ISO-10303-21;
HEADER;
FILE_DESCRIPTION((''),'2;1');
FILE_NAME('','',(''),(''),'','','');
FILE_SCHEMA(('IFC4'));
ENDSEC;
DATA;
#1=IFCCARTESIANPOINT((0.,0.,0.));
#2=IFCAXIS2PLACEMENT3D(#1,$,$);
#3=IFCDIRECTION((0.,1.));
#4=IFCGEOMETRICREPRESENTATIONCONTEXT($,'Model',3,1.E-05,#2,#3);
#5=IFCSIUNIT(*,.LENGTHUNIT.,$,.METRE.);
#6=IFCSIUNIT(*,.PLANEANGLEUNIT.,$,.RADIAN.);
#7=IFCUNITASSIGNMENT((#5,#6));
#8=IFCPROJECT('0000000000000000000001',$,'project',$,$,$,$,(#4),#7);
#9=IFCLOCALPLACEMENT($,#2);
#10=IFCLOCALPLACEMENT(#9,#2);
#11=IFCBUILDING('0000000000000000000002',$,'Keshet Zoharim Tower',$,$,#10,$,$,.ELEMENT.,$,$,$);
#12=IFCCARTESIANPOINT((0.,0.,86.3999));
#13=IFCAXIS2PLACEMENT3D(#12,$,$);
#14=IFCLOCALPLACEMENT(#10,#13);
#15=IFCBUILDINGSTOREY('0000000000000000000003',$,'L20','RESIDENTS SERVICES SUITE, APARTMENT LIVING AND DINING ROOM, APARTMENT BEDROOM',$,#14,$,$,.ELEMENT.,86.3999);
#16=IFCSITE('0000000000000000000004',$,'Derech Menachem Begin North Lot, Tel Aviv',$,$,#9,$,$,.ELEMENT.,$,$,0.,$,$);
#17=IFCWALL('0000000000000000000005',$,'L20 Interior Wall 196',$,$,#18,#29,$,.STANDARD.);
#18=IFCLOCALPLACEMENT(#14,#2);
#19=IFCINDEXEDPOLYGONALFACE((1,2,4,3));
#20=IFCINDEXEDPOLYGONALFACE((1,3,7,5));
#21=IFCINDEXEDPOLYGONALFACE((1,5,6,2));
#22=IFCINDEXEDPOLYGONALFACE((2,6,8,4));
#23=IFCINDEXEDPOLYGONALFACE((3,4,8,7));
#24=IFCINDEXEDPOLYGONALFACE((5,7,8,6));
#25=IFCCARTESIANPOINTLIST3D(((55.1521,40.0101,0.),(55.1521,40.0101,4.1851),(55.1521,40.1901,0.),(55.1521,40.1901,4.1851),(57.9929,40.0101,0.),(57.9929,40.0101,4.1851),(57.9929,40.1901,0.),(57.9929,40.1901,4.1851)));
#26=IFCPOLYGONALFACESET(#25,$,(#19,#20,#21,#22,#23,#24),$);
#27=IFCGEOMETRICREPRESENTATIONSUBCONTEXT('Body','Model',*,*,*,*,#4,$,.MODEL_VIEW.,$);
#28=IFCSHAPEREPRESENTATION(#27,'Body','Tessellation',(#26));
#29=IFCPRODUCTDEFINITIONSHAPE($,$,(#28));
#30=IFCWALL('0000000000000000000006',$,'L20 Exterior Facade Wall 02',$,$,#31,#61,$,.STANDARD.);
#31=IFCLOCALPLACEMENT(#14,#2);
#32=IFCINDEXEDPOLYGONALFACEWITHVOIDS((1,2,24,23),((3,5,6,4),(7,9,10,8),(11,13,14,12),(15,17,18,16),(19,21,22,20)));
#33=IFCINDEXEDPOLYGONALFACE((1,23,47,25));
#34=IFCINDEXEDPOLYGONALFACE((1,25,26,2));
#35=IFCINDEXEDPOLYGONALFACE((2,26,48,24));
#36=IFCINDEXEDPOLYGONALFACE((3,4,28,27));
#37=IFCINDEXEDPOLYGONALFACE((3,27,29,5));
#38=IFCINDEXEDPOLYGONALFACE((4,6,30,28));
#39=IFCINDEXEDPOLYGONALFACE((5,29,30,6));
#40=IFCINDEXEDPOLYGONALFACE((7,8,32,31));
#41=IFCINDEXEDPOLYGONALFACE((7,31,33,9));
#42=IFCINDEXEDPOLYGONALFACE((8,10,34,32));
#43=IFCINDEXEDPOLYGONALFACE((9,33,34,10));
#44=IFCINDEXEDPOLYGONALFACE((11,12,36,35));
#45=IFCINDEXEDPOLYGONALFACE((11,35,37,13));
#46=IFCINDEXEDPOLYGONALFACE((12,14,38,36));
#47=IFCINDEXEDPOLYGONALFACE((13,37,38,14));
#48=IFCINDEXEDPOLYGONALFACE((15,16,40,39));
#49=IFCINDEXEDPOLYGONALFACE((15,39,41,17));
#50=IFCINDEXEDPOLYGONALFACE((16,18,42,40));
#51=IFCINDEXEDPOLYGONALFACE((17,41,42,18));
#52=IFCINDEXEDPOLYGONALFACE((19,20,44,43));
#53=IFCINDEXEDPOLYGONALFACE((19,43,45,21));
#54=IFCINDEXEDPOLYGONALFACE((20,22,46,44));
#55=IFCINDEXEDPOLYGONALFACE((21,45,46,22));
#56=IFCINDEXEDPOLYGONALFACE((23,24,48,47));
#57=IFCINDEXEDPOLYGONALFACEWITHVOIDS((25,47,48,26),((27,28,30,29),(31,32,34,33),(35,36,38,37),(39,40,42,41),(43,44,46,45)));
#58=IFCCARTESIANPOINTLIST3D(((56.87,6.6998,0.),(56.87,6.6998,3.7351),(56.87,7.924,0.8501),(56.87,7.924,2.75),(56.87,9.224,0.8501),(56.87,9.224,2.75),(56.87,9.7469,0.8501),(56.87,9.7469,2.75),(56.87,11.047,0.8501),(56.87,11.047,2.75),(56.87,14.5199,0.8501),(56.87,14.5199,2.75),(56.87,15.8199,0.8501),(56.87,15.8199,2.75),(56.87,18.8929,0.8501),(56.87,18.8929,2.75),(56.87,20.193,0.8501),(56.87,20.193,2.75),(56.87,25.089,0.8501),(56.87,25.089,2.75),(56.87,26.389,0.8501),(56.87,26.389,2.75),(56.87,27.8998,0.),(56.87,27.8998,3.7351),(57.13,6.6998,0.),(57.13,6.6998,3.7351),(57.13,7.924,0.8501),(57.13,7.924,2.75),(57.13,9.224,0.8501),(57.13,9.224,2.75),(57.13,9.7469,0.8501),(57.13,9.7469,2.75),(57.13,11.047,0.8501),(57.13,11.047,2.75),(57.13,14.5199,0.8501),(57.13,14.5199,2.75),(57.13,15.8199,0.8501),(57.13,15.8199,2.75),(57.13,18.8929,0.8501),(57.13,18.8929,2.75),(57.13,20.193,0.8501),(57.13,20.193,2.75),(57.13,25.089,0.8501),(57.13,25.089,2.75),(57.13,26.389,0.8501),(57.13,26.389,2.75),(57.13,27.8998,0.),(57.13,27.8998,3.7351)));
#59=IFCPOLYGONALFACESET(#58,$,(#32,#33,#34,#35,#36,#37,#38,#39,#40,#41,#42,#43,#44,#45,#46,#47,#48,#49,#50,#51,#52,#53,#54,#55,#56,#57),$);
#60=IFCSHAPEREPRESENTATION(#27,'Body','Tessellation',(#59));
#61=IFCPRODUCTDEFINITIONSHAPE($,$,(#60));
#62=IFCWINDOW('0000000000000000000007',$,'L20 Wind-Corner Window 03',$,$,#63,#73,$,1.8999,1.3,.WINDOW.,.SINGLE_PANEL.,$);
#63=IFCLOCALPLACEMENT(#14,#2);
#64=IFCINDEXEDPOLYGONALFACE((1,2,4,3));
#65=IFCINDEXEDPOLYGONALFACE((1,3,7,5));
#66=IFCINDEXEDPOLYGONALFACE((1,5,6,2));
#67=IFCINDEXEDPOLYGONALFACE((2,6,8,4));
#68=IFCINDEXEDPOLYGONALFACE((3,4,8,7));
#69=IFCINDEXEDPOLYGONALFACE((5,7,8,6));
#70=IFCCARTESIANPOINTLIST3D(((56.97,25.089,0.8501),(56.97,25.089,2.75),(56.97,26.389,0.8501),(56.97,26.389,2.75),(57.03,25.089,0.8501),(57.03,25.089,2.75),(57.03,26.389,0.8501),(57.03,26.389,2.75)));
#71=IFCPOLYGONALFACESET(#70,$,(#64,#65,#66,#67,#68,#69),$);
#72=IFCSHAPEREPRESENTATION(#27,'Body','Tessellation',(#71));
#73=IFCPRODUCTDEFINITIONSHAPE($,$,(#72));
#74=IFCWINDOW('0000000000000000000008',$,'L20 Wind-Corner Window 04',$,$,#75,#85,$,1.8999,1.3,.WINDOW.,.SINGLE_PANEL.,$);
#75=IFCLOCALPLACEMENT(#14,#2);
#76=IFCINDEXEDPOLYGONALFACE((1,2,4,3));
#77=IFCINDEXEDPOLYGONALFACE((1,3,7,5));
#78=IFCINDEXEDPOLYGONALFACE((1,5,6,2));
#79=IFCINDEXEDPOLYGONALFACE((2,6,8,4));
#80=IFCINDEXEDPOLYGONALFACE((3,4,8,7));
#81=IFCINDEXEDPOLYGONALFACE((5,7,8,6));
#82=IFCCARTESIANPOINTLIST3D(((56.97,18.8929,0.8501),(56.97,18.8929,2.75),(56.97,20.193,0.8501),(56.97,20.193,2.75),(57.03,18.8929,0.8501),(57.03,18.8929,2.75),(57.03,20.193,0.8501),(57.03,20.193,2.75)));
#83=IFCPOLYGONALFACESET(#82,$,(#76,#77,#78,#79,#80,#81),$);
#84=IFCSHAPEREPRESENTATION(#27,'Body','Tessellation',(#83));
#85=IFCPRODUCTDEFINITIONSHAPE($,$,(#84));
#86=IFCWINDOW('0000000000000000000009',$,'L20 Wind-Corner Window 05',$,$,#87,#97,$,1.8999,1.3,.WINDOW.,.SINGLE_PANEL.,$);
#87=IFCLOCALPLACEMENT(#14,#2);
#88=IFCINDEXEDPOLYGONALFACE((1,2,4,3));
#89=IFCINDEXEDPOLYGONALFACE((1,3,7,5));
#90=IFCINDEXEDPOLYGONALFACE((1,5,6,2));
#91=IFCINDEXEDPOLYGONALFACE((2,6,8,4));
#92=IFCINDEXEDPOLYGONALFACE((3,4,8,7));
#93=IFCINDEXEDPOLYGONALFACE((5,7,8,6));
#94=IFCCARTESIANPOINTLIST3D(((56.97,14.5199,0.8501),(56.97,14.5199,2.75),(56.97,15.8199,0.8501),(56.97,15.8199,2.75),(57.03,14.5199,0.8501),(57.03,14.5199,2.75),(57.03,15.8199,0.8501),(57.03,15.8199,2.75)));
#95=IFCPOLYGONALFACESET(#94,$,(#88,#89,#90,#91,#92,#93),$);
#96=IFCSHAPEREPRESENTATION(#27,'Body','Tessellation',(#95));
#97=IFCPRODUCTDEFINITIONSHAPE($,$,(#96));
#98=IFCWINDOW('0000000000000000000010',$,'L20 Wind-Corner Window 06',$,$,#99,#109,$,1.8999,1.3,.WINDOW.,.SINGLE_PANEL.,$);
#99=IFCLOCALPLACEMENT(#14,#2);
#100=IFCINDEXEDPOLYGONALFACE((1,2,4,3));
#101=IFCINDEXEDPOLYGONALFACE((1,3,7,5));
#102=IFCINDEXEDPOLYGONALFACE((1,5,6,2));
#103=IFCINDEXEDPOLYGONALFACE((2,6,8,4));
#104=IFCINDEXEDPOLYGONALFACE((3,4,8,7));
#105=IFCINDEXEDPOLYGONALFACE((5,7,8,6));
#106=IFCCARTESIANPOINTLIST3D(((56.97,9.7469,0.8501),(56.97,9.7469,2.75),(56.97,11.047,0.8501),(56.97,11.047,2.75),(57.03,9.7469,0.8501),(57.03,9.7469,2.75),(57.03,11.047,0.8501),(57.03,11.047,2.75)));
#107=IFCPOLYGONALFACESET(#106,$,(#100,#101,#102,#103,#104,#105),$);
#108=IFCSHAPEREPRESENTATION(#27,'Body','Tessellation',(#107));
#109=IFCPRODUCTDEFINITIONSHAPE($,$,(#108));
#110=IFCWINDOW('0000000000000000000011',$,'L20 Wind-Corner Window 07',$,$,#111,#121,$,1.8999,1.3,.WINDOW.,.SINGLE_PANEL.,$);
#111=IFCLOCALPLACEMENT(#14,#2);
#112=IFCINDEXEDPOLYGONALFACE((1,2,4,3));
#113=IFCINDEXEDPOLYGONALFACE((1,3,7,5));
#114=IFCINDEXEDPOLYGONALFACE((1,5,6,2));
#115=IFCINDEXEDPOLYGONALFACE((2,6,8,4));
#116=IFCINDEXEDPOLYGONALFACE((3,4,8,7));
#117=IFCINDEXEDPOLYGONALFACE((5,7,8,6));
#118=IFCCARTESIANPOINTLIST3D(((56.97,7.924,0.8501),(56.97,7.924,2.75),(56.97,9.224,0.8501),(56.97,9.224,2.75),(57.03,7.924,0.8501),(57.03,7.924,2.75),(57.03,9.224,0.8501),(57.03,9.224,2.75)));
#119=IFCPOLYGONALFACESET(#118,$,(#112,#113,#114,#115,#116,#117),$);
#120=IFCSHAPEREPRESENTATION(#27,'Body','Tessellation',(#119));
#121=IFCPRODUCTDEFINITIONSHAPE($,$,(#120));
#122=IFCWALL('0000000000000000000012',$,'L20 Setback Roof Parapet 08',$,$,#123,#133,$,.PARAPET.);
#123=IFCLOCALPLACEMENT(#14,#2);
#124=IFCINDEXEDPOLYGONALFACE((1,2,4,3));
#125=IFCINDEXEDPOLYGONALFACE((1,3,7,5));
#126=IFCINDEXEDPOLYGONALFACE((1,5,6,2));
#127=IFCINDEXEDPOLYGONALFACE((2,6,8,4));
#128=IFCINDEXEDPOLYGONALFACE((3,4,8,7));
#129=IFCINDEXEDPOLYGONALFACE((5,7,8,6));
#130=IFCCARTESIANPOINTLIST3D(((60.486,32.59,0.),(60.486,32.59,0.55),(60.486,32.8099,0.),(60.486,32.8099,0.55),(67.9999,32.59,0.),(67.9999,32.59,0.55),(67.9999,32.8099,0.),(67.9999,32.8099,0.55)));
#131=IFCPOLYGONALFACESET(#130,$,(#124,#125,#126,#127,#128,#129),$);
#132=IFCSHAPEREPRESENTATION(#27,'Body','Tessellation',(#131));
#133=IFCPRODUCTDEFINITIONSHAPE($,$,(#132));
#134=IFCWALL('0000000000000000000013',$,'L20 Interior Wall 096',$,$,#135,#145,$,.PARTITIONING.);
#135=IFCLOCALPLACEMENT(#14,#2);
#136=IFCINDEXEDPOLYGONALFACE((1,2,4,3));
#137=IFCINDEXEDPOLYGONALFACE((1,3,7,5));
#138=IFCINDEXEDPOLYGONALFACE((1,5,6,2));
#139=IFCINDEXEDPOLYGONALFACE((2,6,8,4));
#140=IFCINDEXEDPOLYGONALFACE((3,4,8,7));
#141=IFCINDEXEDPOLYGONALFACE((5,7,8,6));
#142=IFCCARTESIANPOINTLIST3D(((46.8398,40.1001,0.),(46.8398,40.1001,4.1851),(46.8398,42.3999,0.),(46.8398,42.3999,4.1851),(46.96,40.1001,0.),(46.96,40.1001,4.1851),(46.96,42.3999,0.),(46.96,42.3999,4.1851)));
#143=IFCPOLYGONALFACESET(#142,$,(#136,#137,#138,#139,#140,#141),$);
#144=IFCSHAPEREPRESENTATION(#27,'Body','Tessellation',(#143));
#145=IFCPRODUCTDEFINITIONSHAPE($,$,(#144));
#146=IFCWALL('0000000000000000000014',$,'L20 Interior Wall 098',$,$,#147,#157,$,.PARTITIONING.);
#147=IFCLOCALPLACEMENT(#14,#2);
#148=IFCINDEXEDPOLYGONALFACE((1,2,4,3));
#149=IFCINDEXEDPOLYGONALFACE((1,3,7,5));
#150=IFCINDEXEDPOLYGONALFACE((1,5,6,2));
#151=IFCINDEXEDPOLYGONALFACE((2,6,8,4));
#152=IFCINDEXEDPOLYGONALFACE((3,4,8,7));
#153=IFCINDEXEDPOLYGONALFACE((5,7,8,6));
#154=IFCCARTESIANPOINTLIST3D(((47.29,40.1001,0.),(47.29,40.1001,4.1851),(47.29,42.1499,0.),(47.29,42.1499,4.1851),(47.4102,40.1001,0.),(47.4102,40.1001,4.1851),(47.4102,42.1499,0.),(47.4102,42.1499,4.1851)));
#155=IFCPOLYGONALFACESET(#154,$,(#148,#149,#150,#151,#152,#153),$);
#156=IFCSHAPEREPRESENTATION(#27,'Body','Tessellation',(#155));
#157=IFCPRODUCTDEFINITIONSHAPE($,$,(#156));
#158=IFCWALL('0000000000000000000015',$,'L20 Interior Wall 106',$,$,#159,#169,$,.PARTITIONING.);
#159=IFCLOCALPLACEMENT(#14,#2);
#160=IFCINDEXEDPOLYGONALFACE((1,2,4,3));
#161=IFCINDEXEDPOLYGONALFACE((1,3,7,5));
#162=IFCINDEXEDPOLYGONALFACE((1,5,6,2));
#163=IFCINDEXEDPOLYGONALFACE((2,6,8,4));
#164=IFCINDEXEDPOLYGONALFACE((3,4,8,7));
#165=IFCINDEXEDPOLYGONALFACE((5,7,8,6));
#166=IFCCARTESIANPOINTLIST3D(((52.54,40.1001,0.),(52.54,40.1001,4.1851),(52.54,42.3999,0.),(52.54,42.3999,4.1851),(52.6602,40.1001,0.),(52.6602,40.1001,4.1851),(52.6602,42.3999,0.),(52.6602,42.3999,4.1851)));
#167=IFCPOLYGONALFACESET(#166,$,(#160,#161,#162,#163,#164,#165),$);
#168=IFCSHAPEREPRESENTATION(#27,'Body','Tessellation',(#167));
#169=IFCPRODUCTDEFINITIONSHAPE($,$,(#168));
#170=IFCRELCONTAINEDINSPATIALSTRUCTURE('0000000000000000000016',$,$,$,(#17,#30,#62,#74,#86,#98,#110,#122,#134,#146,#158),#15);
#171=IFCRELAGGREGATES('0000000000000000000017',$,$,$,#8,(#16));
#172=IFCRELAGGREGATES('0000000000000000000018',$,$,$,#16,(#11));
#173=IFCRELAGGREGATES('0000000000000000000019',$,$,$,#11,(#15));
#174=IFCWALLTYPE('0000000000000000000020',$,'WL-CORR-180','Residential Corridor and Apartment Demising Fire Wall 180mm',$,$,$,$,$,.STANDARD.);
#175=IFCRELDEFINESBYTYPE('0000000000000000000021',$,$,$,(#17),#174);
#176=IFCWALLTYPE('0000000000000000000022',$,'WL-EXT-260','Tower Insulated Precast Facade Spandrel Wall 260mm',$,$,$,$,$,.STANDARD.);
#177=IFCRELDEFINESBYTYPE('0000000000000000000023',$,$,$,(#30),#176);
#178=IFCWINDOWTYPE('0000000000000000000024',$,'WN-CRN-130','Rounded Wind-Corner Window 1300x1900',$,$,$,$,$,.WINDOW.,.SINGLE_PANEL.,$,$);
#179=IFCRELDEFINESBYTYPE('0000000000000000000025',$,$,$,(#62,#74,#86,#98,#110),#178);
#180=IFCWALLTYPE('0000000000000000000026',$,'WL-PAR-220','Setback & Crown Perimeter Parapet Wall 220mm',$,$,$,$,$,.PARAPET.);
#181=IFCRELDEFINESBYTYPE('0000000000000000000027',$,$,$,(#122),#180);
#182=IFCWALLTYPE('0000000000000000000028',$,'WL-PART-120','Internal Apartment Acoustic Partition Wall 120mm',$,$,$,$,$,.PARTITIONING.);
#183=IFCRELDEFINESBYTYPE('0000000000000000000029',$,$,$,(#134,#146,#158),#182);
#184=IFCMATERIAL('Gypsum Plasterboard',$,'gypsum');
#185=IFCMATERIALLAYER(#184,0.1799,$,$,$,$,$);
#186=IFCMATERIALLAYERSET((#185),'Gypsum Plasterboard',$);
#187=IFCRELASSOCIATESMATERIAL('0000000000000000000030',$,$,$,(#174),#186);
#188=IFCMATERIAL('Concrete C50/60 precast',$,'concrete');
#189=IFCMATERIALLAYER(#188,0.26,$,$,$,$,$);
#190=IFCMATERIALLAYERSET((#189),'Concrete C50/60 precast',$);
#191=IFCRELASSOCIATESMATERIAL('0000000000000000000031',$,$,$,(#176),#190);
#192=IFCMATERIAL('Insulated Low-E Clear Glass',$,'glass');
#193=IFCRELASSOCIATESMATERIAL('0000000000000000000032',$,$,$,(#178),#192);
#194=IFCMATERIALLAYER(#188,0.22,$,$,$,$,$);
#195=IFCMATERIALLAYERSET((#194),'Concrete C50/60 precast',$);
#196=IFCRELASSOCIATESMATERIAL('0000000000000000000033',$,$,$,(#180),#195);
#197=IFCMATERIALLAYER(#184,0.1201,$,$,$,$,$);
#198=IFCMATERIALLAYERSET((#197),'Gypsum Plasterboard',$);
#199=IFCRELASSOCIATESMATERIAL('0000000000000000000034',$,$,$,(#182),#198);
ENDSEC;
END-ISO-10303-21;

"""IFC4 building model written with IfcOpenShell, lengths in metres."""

from ifc_helpers import new_model, si_unit, direction, frame, frame_2d, origin, place, context, subcontext, project, spatial, rectangle, extrude, material, layer, layer_set, type_object, element, fill, save


model = new_model("IFC4")

# Units and contexts
model_context = context("Model", 3, precision=1e-05, world=origin(), true_north=direction((0.0, 1.0)))
body_context = subcontext(model_context, "Body", "Model", "MODEL_VIEW")
ifc_project = project(units=[si_unit("LENGTHUNIT", "METRE"), si_unit("PLANEANGLEUNIT", "RADIAN")], contexts=[model_context])

# Site, building, storey
site_placement = place(None, origin())
site = spatial("IfcSite", under=ifc_project, at=site_placement, Name="Derech Menachem Begin North Lot, Tel Aviv", CompositionType="ELEMENT", RefElevation=0.0)
building_placement = place(site_placement, origin())
building = spatial("IfcBuilding", under=site, at=building_placement, Name="Keshet Zoharim Tower", CompositionType="ELEMENT")
storey_placement = place(building_placement, frame((0.0, 0.0, 86.3999)))
storey = spatial("IfcBuildingStorey", under=building, at=storey_placement, Name="L20", Description="RESIDENTS SERVICES SUITE, APARTMENT LIVING AND DINING ROOM, APARTMENT BEDROOM", CompositionType="ELEMENT", Elevation=86.3999)

# Shared definitions
ifc_material_1 = material(Name="Gypsum Plasterboard", Category="gypsum")
ifc_layer_1 = layer(ifc_material_1, 0.1799)
ifc_layer_set_1 = layer_set([ifc_layer_1], Name="Gypsum Plasterboard")
wall_type_1 = type_object("IfcWallType", Name="WL-CORR-180", Description="Residential Corridor and Apartment Demising Fire Wall 180mm", PredefinedType="STANDARD", material=ifc_layer_set_1)

# Wall
wall_1_placement = place(storey_placement, frame((55.1521, 40.1001, 0.0), z_axis=(0.0, 0.0, 1.0), x_axis=(1.0, 0.0, 0.0)))
element("IfcWall", 1, at=wall_1_placement, inside=storey, type_object=wall_type_1, Name="L20 Interior Wall 196", PredefinedType="STANDARD", context=body_context, shape_type="SweptSolid", body=[
    extrude(rectangle(XDim=2.8408, YDim=0.1799, at=frame_2d((1.4204, 0.0))), origin(), (0.0, 0.0, 1.0), 4.1851),
])

# Wall, openings, windows
ifc_material_2 = material(Name="Concrete C50/60 precast", Category="concrete")
ifc_layer_2 = layer(ifc_material_2, 0.26)
ifc_layer_set_2 = layer_set([ifc_layer_2], Name="Concrete C50/60 precast")
wall_type_2 = type_object("IfcWallType", Name="WL-EXT-260", Description="Tower Insulated Precast Facade Spandrel Wall 260mm", PredefinedType="STANDARD", material=ifc_layer_set_2)
wall_2_placement = place(storey_placement, frame((57.0, 27.8999, 0.0), z_axis=(0.0, 0.0, 1.0), x_axis=(0.0, -1.0, 0.0)))
wall_2 = element("IfcWall", 2, at=wall_2_placement, inside=storey, type_object=wall_type_2, Name="L20 Exterior Facade Wall 02", PredefinedType="STANDARD", context=body_context, shape_type="SweptSolid", body=[
    extrude(rectangle(XDim=21.2, YDim=0.26, at=frame_2d((10.6001, 0.0))), origin(), (0.0, 0.0, 1.0), 3.7351),
])
opening_1_placement = place(wall_2_placement, frame((1.511, 0.0, 0.8501)))
opening_1 = element("IfcOpeningElement", 3, at=opening_1_placement, cuts=wall_2, PredefinedType="OPENING", context=body_context, shape_type="SweptSolid", body=[
    extrude(rectangle(XDim=1.3, YDim=1.8999, at=frame_2d((0.6499, 0.95))), frame((0.0, 0.1401, 0.0), z_axis=(0.0, -1.0, 0.0), x_axis=(1.0, 0.0, 0.0)), (0.0, 0.0, 1.0), 0.28),
])
opening_2_placement = place(wall_2_placement, frame((7.707, 0.0, 0.8501)))
opening_2 = element("IfcOpeningElement", 4, at=opening_2_placement, cuts=wall_2, PredefinedType="OPENING", context=body_context, shape_type="SweptSolid", body=[
    extrude(rectangle(XDim=1.3, YDim=1.8999, at=frame_2d((0.6499, 0.95))), frame((0.0, 0.1401, 0.0), z_axis=(0.0, -1.0, 0.0), x_axis=(1.0, 0.0, 0.0)), (0.0, 0.0, 1.0), 0.28),
])
opening_3_placement = place(wall_2_placement, frame((12.0801, 0.0, 0.8501)))
opening_3 = element("IfcOpeningElement", 5, at=opening_3_placement, cuts=wall_2, PredefinedType="OPENING", context=body_context, shape_type="SweptSolid", body=[
    extrude(rectangle(XDim=1.3, YDim=1.8999, at=frame_2d((0.6499, 0.95))), frame((0.0, 0.1401, 0.0), z_axis=(0.0, -1.0, 0.0), x_axis=(1.0, 0.0, 0.0)), (0.0, 0.0, 1.0), 0.28),
])
opening_4_placement = place(wall_2_placement, frame((16.853, 0.0, 0.8501)))
opening_4 = element("IfcOpeningElement", 6, at=opening_4_placement, cuts=wall_2, PredefinedType="OPENING", context=body_context, shape_type="SweptSolid", body=[
    extrude(rectangle(XDim=1.3, YDim=1.8999, at=frame_2d((0.6499, 0.95))), frame((0.0, 0.1401, 0.0), z_axis=(0.0, -1.0, 0.0), x_axis=(1.0, 0.0, 0.0)), (0.0, 0.0, 1.0), 0.28),
])
opening_5_placement = place(wall_2_placement, frame((18.676, 0.0, 0.8501)))
opening_5 = element("IfcOpeningElement", 7, at=opening_5_placement, cuts=wall_2, PredefinedType="OPENING", context=body_context, shape_type="SweptSolid", body=[
    extrude(rectangle(XDim=1.3, YDim=1.8999, at=frame_2d((0.6499, 0.95))), frame((0.0, 0.1401, 0.0), z_axis=(0.0, -1.0, 0.0), x_axis=(1.0, 0.0, 0.0)), (0.0, 0.0, 1.0), 0.28),
])
ifc_material_3 = material(Name="Insulated Low-E Clear Glass", Category="glass")
window_type = type_object("IfcWindowType", Name="WN-CRN-130", Description="Rounded Wind-Corner Window 1300x1900", PartitioningType="SINGLE_PANEL", PredefinedType="WINDOW", material=ifc_material_3)
window_1_placement = place(opening_1_placement, origin())
window_1 = element("IfcWindow", 8, at=window_1_placement, inside=storey, type_object=window_type, Name="L20 Wind-Corner Window 03", OverallHeight=1.8999, OverallWidth=1.3, PartitioningType="SINGLE_PANEL", PredefinedType="WINDOW", context=body_context, shape_type="SweptSolid", body=[
    extrude(rectangle(XDim=1.3, YDim=1.8999, at=frame_2d((0.6499, 0.95))), frame((0.0, 0.03, 0.0), z_axis=(0.0, -1.0, 0.0), x_axis=(1.0, 0.0, 0.0)), (0.0, 0.0, 1.0), 0.0601),
])
fill(opening_1, window_1)
window_2_placement = place(opening_2_placement, origin())
window_2 = element("IfcWindow", 9, at=window_2_placement, inside=storey, type_object=window_type, Name="L20 Wind-Corner Window 04", OverallHeight=1.8999, OverallWidth=1.3, PartitioningType="SINGLE_PANEL", PredefinedType="WINDOW", context=body_context, shape_type="SweptSolid", body=[
    extrude(rectangle(XDim=1.3, YDim=1.8999, at=frame_2d((0.6499, 0.95))), frame((0.0, 0.03, 0.0), z_axis=(0.0, -1.0, 0.0), x_axis=(1.0, 0.0, 0.0)), (0.0, 0.0, 1.0), 0.0601),
])
fill(opening_2, window_2)
window_3_placement = place(opening_3_placement, origin())
window_3 = element("IfcWindow", 10, at=window_3_placement, inside=storey, type_object=window_type, Name="L20 Wind-Corner Window 05", OverallHeight=1.8999, OverallWidth=1.3, PartitioningType="SINGLE_PANEL", PredefinedType="WINDOW", context=body_context, shape_type="SweptSolid", body=[
    extrude(rectangle(XDim=1.3, YDim=1.8999, at=frame_2d((0.6499, 0.95))), frame((0.0, 0.03, 0.0), z_axis=(0.0, -1.0, 0.0), x_axis=(1.0, 0.0, 0.0)), (0.0, 0.0, 1.0), 0.0601),
])
fill(opening_3, window_3)
window_4_placement = place(opening_4_placement, origin())
window_4 = element("IfcWindow", 11, at=window_4_placement, inside=storey, type_object=window_type, Name="L20 Wind-Corner Window 06", OverallHeight=1.8999, OverallWidth=1.3, PartitioningType="SINGLE_PANEL", PredefinedType="WINDOW", context=body_context, shape_type="SweptSolid", body=[
    extrude(rectangle(XDim=1.3, YDim=1.8999, at=frame_2d((0.6499, 0.95))), frame((0.0, 0.03, 0.0), z_axis=(0.0, -1.0, 0.0), x_axis=(1.0, 0.0, 0.0)), (0.0, 0.0, 1.0), 0.0601),
])
fill(opening_4, window_4)
window_5_placement = place(opening_5_placement, origin())
window_5 = element("IfcWindow", 12, at=window_5_placement, inside=storey, type_object=window_type, Name="L20 Wind-Corner Window 07", OverallHeight=1.8999, OverallWidth=1.3, PartitioningType="SINGLE_PANEL", PredefinedType="WINDOW", context=body_context, shape_type="SweptSolid", body=[
    extrude(rectangle(XDim=1.3, YDim=1.8999, at=frame_2d((0.6499, 0.95))), frame((0.0, 0.03, 0.0), z_axis=(0.0, -1.0, 0.0), x_axis=(1.0, 0.0, 0.0)), (0.0, 0.0, 1.0), 0.0601),
])
fill(opening_5, window_5)

# Walls
ifc_layer_3 = layer(ifc_material_2, 0.22)
ifc_layer_set_3 = layer_set([ifc_layer_3], Name="Concrete C50/60 precast")
wall_type_3 = type_object("IfcWallType", Name="WL-PAR-220", Description="Setback & Crown Perimeter Parapet Wall 220mm", PredefinedType="PARAPET", material=ifc_layer_set_3)
wall_3_placement = place(storey_placement, frame((60.4861, 32.7, 0.0), z_axis=(0.0, 0.0, 1.0), x_axis=(1.0, 0.0, 0.0)))
element("IfcWall", 13, at=wall_3_placement, inside=storey, type_object=wall_type_3, Name="L20 Setback Roof Parapet 08", PredefinedType="PARAPET", context=body_context, shape_type="SweptSolid", body=[
    extrude(rectangle(XDim=7.5139, YDim=0.22, at=frame_2d((3.7568, 0.0))), origin(), (0.0, 0.0, 1.0), 0.55),
])
ifc_layer_4 = layer(ifc_material_1, 0.1201)
ifc_layer_set_4 = layer_set([ifc_layer_4], Name="Gypsum Plasterboard")
wall_type_4 = type_object("IfcWallType", Name="WL-PART-120", Description="Internal Apartment Acoustic Partition Wall 120mm", PredefinedType="PARTITIONING", material=ifc_layer_set_4)
wall_4_placement = place(storey_placement, frame((46.8999, 40.1001, 0.0), z_axis=(0.0, 0.0, 1.0), x_axis=(0.0, 1.0, 0.0)))
element("IfcWall", 14, at=wall_4_placement, inside=storey, type_object=wall_type_4, Name="L20 Interior Wall 096", PredefinedType="PARTITIONING", context=body_context, shape_type="SweptSolid", body=[
    extrude(rectangle(XDim=2.2998, YDim=0.1201, at=frame_2d((1.1499, 0.0))), origin(), (0.0, 0.0, 1.0), 4.1851),
])
wall_5_placement = place(storey_placement, frame((47.3501, 40.1001, 0.0), z_axis=(0.0, 0.0, 1.0), x_axis=(0.0, 1.0, 0.0)))
element("IfcWall", 15, at=wall_5_placement, inside=storey, type_object=wall_type_4, Name="L20 Interior Wall 098", PredefinedType="PARTITIONING", context=body_context, shape_type="SweptSolid", body=[
    extrude(rectangle(XDim=2.0498, YDim=0.1201, at=frame_2d((1.0249, 0.0))), origin(), (0.0, 0.0, 1.0), 4.1851),
])
wall_6_placement = place(storey_placement, frame((52.6001, 40.1001, 0.0), z_axis=(0.0, 0.0, 1.0), x_axis=(0.0, 1.0, 0.0)))
element("IfcWall", 16, at=wall_6_placement, inside=storey, type_object=wall_type_4, Name="L20 Interior Wall 106", PredefinedType="PARTITIONING", context=body_context, shape_type="SweptSolid", body=[
    extrude(rectangle(XDim=2.2998, YDim=0.1201, at=frame_2d((1.1499, 0.0))), origin(), (0.0, 0.0, 1.0), 4.1851),
])

save(model, "model.ifc")
